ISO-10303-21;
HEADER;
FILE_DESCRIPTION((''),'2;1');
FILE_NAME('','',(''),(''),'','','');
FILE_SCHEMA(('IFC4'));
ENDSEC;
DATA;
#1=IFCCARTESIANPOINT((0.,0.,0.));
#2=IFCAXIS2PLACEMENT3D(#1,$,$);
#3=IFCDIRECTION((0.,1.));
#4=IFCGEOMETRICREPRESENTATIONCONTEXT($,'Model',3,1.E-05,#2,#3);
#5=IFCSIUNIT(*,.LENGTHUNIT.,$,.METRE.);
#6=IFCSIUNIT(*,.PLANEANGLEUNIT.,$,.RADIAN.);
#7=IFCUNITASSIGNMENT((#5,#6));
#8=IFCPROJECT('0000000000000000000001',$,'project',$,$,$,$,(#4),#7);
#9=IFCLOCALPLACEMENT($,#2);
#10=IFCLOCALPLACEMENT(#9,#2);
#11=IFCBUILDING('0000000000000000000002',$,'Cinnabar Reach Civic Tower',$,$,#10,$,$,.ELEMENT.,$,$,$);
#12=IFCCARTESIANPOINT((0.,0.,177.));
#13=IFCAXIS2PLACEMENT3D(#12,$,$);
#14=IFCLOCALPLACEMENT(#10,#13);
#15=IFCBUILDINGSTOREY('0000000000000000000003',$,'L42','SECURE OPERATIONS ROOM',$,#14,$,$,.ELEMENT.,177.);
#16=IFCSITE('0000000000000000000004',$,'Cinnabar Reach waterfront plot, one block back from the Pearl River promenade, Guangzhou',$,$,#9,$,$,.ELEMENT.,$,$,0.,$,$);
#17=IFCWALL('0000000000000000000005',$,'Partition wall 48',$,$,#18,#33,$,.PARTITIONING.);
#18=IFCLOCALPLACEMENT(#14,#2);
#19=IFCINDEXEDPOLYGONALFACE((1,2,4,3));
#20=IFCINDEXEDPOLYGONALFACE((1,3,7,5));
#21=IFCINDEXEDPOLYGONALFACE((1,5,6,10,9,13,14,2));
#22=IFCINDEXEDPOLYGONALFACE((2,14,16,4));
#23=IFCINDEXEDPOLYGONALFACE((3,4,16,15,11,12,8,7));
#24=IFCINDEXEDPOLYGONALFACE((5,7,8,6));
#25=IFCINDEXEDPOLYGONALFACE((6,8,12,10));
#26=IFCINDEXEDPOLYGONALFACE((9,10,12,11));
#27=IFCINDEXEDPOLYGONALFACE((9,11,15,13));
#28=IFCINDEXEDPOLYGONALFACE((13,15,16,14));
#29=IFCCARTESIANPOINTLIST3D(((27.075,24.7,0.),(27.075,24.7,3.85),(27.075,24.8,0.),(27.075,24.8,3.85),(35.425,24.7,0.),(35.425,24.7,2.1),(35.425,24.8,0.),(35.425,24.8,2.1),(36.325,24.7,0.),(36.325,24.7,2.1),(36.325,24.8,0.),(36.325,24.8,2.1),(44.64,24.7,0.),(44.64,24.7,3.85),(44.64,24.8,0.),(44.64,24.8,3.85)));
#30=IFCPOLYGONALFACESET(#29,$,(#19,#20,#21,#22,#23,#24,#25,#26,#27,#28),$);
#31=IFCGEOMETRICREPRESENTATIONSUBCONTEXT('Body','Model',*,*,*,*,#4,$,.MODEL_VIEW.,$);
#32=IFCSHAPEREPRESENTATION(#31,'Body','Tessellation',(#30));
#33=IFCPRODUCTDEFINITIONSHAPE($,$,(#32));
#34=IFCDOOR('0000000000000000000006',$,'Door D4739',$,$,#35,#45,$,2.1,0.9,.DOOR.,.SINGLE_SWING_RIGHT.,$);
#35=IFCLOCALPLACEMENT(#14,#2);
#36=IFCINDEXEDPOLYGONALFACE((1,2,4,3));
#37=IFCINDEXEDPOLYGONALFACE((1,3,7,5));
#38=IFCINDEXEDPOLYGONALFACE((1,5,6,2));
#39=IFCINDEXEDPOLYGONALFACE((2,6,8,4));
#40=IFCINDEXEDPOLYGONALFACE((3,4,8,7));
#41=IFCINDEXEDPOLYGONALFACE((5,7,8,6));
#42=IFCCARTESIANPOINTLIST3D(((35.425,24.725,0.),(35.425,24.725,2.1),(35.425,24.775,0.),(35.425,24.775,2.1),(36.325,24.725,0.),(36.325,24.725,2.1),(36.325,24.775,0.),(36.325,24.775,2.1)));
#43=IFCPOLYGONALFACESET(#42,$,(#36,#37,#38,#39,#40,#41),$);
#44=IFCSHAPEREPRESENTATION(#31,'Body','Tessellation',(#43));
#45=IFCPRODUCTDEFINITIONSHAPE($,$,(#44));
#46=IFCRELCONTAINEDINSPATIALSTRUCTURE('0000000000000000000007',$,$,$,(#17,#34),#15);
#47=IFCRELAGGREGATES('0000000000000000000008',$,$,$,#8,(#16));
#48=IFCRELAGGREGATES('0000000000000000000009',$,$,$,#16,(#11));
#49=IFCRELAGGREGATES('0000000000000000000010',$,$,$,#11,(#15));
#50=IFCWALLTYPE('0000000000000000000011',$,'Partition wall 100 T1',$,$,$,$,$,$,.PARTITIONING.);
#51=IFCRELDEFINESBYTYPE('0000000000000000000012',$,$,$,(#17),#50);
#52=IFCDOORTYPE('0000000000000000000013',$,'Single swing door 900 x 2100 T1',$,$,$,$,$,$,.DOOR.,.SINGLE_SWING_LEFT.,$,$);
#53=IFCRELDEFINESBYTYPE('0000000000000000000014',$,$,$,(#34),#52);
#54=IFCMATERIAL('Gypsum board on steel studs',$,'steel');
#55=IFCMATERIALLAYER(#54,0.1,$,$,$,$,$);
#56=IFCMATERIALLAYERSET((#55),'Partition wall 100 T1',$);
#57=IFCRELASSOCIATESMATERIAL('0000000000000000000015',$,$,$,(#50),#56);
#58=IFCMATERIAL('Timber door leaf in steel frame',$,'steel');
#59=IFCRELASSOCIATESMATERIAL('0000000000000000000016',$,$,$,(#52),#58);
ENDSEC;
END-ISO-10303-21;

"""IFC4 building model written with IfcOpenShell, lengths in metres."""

from ifc_helpers import new_model, si_unit, direction, frame, frame_2d, origin, place, context, subcontext, project, spatial, rectangle, extrude, material, layer, layer_set, type_object, element, fill, save


model = new_model("IFC4")

# Units and contexts
model_context = context("Model", 3, precision=1e-05, world=origin(), true_north=direction((0.0, 1.0)))
body_context = subcontext(model_context, "Body", "Model", "MODEL_VIEW")
ifc_project = project(units=[si_unit("LENGTHUNIT", "METRE"), si_unit("PLANEANGLEUNIT", "RADIAN")], contexts=[model_context])

# Site, building, storey
site_placement = place(None, origin())
site = spatial("IfcSite", under=ifc_project, at=site_placement, Name="Cinnabar Reach waterfront plot, one block back from the Pearl River promenade, Guangzhou", CompositionType="ELEMENT", RefElevation=0.0)
building_placement = place(site_placement, origin())
building = spatial("IfcBuilding", under=site, at=building_placement, Name="Cinnabar Reach Civic Tower", CompositionType="ELEMENT")
storey_placement = place(building_placement, frame((0.0, 0.0, 177.0)))
storey = spatial("IfcBuildingStorey", under=building, at=storey_placement, Name="L42", Description="SECURE OPERATIONS ROOM", CompositionType="ELEMENT", Elevation=177.0)

# Shared definitions
ifc_material_1 = material(Name="Timber door leaf in steel frame", Category="steel")

# Wall, opening, door
ifc_material_2 = material(Name="Gypsum board on steel studs", Category="steel")
ifc_layer_1 = layer(ifc_material_2, 0.1)
ifc_layer_set_1 = layer_set([ifc_layer_1], Name="Partition wall 100 T1")
wall_type_1 = type_object("IfcWallType", Name="Partition wall 100 T1", PredefinedType="PARTITIONING", material=ifc_layer_set_1)
wall_1_placement = place(storey_placement, frame((27.075, 24.75, 0.0), z_axis=(0.0, 0.0, 1.0), x_axis=(1.0, 0.0, 0.0)))
wall_1 = element("IfcWall", 1, at=wall_1_placement, inside=storey, type_object=wall_type_1, Name="Partition wall 48", PredefinedType="PARTITIONING", context=body_context, shape_type="SweptSolid", body=[
    extrude(rectangle(XDim=17.565, YDim=0.1, at=frame_2d((8.7825, 0.0))), origin(), (0.0, 0.0, 1.0), 3.85),
])
opening_1_placement = place(wall_1_placement, frame((8.35, 0.0, 0.0)))
opening_1 = element("IfcOpeningElement", 2, at=opening_1_placement, cuts=wall_1, PredefinedType="OPENING", context=body_context, shape_type="SweptSolid", body=[
    extrude(rectangle(XDim=0.9, YDim=2.1, at=frame_2d((0.45, 1.05))), frame((0.0, 0.06, 0.0), z_axis=(0.0, -1.0, 0.0), x_axis=(1.0, 0.0, 0.0)), (0.0, 0.0, 1.0), 0.12),
])
door_type_1 = type_object("IfcDoorType", Name="Single swing door 900 x 2100 T1", OperationType="SINGLE_SWING_LEFT", PredefinedType="DOOR", material=ifc_material_1)
door_1_placement = place(opening_1_placement, frame((0.9, 0.0, 0.0), z_axis=(0.0, 0.0, 1.0), x_axis=(-1.0, 0.0, 0.0)))
door_1 = element("IfcDoor", 3, at=door_1_placement, inside=storey, type_object=door_type_1, Name="Door D4739", OperationType="SINGLE_SWING_RIGHT", OverallHeight=2.1, OverallWidth=0.9, PredefinedType="DOOR", context=body_context, shape_type="SweptSolid", body=[
    extrude(rectangle(XDim=0.9, YDim=2.1, at=frame_2d((0.45, 1.05))), frame((0.0, 0.025, 0.0), z_axis=(0.0, -1.0, 0.0), x_axis=(1.0, 0.0, 0.0)), (0.0, 0.0, 1.0), 0.05),
])
fill(opening_1, door_1)

save(model, "model.ifc")
